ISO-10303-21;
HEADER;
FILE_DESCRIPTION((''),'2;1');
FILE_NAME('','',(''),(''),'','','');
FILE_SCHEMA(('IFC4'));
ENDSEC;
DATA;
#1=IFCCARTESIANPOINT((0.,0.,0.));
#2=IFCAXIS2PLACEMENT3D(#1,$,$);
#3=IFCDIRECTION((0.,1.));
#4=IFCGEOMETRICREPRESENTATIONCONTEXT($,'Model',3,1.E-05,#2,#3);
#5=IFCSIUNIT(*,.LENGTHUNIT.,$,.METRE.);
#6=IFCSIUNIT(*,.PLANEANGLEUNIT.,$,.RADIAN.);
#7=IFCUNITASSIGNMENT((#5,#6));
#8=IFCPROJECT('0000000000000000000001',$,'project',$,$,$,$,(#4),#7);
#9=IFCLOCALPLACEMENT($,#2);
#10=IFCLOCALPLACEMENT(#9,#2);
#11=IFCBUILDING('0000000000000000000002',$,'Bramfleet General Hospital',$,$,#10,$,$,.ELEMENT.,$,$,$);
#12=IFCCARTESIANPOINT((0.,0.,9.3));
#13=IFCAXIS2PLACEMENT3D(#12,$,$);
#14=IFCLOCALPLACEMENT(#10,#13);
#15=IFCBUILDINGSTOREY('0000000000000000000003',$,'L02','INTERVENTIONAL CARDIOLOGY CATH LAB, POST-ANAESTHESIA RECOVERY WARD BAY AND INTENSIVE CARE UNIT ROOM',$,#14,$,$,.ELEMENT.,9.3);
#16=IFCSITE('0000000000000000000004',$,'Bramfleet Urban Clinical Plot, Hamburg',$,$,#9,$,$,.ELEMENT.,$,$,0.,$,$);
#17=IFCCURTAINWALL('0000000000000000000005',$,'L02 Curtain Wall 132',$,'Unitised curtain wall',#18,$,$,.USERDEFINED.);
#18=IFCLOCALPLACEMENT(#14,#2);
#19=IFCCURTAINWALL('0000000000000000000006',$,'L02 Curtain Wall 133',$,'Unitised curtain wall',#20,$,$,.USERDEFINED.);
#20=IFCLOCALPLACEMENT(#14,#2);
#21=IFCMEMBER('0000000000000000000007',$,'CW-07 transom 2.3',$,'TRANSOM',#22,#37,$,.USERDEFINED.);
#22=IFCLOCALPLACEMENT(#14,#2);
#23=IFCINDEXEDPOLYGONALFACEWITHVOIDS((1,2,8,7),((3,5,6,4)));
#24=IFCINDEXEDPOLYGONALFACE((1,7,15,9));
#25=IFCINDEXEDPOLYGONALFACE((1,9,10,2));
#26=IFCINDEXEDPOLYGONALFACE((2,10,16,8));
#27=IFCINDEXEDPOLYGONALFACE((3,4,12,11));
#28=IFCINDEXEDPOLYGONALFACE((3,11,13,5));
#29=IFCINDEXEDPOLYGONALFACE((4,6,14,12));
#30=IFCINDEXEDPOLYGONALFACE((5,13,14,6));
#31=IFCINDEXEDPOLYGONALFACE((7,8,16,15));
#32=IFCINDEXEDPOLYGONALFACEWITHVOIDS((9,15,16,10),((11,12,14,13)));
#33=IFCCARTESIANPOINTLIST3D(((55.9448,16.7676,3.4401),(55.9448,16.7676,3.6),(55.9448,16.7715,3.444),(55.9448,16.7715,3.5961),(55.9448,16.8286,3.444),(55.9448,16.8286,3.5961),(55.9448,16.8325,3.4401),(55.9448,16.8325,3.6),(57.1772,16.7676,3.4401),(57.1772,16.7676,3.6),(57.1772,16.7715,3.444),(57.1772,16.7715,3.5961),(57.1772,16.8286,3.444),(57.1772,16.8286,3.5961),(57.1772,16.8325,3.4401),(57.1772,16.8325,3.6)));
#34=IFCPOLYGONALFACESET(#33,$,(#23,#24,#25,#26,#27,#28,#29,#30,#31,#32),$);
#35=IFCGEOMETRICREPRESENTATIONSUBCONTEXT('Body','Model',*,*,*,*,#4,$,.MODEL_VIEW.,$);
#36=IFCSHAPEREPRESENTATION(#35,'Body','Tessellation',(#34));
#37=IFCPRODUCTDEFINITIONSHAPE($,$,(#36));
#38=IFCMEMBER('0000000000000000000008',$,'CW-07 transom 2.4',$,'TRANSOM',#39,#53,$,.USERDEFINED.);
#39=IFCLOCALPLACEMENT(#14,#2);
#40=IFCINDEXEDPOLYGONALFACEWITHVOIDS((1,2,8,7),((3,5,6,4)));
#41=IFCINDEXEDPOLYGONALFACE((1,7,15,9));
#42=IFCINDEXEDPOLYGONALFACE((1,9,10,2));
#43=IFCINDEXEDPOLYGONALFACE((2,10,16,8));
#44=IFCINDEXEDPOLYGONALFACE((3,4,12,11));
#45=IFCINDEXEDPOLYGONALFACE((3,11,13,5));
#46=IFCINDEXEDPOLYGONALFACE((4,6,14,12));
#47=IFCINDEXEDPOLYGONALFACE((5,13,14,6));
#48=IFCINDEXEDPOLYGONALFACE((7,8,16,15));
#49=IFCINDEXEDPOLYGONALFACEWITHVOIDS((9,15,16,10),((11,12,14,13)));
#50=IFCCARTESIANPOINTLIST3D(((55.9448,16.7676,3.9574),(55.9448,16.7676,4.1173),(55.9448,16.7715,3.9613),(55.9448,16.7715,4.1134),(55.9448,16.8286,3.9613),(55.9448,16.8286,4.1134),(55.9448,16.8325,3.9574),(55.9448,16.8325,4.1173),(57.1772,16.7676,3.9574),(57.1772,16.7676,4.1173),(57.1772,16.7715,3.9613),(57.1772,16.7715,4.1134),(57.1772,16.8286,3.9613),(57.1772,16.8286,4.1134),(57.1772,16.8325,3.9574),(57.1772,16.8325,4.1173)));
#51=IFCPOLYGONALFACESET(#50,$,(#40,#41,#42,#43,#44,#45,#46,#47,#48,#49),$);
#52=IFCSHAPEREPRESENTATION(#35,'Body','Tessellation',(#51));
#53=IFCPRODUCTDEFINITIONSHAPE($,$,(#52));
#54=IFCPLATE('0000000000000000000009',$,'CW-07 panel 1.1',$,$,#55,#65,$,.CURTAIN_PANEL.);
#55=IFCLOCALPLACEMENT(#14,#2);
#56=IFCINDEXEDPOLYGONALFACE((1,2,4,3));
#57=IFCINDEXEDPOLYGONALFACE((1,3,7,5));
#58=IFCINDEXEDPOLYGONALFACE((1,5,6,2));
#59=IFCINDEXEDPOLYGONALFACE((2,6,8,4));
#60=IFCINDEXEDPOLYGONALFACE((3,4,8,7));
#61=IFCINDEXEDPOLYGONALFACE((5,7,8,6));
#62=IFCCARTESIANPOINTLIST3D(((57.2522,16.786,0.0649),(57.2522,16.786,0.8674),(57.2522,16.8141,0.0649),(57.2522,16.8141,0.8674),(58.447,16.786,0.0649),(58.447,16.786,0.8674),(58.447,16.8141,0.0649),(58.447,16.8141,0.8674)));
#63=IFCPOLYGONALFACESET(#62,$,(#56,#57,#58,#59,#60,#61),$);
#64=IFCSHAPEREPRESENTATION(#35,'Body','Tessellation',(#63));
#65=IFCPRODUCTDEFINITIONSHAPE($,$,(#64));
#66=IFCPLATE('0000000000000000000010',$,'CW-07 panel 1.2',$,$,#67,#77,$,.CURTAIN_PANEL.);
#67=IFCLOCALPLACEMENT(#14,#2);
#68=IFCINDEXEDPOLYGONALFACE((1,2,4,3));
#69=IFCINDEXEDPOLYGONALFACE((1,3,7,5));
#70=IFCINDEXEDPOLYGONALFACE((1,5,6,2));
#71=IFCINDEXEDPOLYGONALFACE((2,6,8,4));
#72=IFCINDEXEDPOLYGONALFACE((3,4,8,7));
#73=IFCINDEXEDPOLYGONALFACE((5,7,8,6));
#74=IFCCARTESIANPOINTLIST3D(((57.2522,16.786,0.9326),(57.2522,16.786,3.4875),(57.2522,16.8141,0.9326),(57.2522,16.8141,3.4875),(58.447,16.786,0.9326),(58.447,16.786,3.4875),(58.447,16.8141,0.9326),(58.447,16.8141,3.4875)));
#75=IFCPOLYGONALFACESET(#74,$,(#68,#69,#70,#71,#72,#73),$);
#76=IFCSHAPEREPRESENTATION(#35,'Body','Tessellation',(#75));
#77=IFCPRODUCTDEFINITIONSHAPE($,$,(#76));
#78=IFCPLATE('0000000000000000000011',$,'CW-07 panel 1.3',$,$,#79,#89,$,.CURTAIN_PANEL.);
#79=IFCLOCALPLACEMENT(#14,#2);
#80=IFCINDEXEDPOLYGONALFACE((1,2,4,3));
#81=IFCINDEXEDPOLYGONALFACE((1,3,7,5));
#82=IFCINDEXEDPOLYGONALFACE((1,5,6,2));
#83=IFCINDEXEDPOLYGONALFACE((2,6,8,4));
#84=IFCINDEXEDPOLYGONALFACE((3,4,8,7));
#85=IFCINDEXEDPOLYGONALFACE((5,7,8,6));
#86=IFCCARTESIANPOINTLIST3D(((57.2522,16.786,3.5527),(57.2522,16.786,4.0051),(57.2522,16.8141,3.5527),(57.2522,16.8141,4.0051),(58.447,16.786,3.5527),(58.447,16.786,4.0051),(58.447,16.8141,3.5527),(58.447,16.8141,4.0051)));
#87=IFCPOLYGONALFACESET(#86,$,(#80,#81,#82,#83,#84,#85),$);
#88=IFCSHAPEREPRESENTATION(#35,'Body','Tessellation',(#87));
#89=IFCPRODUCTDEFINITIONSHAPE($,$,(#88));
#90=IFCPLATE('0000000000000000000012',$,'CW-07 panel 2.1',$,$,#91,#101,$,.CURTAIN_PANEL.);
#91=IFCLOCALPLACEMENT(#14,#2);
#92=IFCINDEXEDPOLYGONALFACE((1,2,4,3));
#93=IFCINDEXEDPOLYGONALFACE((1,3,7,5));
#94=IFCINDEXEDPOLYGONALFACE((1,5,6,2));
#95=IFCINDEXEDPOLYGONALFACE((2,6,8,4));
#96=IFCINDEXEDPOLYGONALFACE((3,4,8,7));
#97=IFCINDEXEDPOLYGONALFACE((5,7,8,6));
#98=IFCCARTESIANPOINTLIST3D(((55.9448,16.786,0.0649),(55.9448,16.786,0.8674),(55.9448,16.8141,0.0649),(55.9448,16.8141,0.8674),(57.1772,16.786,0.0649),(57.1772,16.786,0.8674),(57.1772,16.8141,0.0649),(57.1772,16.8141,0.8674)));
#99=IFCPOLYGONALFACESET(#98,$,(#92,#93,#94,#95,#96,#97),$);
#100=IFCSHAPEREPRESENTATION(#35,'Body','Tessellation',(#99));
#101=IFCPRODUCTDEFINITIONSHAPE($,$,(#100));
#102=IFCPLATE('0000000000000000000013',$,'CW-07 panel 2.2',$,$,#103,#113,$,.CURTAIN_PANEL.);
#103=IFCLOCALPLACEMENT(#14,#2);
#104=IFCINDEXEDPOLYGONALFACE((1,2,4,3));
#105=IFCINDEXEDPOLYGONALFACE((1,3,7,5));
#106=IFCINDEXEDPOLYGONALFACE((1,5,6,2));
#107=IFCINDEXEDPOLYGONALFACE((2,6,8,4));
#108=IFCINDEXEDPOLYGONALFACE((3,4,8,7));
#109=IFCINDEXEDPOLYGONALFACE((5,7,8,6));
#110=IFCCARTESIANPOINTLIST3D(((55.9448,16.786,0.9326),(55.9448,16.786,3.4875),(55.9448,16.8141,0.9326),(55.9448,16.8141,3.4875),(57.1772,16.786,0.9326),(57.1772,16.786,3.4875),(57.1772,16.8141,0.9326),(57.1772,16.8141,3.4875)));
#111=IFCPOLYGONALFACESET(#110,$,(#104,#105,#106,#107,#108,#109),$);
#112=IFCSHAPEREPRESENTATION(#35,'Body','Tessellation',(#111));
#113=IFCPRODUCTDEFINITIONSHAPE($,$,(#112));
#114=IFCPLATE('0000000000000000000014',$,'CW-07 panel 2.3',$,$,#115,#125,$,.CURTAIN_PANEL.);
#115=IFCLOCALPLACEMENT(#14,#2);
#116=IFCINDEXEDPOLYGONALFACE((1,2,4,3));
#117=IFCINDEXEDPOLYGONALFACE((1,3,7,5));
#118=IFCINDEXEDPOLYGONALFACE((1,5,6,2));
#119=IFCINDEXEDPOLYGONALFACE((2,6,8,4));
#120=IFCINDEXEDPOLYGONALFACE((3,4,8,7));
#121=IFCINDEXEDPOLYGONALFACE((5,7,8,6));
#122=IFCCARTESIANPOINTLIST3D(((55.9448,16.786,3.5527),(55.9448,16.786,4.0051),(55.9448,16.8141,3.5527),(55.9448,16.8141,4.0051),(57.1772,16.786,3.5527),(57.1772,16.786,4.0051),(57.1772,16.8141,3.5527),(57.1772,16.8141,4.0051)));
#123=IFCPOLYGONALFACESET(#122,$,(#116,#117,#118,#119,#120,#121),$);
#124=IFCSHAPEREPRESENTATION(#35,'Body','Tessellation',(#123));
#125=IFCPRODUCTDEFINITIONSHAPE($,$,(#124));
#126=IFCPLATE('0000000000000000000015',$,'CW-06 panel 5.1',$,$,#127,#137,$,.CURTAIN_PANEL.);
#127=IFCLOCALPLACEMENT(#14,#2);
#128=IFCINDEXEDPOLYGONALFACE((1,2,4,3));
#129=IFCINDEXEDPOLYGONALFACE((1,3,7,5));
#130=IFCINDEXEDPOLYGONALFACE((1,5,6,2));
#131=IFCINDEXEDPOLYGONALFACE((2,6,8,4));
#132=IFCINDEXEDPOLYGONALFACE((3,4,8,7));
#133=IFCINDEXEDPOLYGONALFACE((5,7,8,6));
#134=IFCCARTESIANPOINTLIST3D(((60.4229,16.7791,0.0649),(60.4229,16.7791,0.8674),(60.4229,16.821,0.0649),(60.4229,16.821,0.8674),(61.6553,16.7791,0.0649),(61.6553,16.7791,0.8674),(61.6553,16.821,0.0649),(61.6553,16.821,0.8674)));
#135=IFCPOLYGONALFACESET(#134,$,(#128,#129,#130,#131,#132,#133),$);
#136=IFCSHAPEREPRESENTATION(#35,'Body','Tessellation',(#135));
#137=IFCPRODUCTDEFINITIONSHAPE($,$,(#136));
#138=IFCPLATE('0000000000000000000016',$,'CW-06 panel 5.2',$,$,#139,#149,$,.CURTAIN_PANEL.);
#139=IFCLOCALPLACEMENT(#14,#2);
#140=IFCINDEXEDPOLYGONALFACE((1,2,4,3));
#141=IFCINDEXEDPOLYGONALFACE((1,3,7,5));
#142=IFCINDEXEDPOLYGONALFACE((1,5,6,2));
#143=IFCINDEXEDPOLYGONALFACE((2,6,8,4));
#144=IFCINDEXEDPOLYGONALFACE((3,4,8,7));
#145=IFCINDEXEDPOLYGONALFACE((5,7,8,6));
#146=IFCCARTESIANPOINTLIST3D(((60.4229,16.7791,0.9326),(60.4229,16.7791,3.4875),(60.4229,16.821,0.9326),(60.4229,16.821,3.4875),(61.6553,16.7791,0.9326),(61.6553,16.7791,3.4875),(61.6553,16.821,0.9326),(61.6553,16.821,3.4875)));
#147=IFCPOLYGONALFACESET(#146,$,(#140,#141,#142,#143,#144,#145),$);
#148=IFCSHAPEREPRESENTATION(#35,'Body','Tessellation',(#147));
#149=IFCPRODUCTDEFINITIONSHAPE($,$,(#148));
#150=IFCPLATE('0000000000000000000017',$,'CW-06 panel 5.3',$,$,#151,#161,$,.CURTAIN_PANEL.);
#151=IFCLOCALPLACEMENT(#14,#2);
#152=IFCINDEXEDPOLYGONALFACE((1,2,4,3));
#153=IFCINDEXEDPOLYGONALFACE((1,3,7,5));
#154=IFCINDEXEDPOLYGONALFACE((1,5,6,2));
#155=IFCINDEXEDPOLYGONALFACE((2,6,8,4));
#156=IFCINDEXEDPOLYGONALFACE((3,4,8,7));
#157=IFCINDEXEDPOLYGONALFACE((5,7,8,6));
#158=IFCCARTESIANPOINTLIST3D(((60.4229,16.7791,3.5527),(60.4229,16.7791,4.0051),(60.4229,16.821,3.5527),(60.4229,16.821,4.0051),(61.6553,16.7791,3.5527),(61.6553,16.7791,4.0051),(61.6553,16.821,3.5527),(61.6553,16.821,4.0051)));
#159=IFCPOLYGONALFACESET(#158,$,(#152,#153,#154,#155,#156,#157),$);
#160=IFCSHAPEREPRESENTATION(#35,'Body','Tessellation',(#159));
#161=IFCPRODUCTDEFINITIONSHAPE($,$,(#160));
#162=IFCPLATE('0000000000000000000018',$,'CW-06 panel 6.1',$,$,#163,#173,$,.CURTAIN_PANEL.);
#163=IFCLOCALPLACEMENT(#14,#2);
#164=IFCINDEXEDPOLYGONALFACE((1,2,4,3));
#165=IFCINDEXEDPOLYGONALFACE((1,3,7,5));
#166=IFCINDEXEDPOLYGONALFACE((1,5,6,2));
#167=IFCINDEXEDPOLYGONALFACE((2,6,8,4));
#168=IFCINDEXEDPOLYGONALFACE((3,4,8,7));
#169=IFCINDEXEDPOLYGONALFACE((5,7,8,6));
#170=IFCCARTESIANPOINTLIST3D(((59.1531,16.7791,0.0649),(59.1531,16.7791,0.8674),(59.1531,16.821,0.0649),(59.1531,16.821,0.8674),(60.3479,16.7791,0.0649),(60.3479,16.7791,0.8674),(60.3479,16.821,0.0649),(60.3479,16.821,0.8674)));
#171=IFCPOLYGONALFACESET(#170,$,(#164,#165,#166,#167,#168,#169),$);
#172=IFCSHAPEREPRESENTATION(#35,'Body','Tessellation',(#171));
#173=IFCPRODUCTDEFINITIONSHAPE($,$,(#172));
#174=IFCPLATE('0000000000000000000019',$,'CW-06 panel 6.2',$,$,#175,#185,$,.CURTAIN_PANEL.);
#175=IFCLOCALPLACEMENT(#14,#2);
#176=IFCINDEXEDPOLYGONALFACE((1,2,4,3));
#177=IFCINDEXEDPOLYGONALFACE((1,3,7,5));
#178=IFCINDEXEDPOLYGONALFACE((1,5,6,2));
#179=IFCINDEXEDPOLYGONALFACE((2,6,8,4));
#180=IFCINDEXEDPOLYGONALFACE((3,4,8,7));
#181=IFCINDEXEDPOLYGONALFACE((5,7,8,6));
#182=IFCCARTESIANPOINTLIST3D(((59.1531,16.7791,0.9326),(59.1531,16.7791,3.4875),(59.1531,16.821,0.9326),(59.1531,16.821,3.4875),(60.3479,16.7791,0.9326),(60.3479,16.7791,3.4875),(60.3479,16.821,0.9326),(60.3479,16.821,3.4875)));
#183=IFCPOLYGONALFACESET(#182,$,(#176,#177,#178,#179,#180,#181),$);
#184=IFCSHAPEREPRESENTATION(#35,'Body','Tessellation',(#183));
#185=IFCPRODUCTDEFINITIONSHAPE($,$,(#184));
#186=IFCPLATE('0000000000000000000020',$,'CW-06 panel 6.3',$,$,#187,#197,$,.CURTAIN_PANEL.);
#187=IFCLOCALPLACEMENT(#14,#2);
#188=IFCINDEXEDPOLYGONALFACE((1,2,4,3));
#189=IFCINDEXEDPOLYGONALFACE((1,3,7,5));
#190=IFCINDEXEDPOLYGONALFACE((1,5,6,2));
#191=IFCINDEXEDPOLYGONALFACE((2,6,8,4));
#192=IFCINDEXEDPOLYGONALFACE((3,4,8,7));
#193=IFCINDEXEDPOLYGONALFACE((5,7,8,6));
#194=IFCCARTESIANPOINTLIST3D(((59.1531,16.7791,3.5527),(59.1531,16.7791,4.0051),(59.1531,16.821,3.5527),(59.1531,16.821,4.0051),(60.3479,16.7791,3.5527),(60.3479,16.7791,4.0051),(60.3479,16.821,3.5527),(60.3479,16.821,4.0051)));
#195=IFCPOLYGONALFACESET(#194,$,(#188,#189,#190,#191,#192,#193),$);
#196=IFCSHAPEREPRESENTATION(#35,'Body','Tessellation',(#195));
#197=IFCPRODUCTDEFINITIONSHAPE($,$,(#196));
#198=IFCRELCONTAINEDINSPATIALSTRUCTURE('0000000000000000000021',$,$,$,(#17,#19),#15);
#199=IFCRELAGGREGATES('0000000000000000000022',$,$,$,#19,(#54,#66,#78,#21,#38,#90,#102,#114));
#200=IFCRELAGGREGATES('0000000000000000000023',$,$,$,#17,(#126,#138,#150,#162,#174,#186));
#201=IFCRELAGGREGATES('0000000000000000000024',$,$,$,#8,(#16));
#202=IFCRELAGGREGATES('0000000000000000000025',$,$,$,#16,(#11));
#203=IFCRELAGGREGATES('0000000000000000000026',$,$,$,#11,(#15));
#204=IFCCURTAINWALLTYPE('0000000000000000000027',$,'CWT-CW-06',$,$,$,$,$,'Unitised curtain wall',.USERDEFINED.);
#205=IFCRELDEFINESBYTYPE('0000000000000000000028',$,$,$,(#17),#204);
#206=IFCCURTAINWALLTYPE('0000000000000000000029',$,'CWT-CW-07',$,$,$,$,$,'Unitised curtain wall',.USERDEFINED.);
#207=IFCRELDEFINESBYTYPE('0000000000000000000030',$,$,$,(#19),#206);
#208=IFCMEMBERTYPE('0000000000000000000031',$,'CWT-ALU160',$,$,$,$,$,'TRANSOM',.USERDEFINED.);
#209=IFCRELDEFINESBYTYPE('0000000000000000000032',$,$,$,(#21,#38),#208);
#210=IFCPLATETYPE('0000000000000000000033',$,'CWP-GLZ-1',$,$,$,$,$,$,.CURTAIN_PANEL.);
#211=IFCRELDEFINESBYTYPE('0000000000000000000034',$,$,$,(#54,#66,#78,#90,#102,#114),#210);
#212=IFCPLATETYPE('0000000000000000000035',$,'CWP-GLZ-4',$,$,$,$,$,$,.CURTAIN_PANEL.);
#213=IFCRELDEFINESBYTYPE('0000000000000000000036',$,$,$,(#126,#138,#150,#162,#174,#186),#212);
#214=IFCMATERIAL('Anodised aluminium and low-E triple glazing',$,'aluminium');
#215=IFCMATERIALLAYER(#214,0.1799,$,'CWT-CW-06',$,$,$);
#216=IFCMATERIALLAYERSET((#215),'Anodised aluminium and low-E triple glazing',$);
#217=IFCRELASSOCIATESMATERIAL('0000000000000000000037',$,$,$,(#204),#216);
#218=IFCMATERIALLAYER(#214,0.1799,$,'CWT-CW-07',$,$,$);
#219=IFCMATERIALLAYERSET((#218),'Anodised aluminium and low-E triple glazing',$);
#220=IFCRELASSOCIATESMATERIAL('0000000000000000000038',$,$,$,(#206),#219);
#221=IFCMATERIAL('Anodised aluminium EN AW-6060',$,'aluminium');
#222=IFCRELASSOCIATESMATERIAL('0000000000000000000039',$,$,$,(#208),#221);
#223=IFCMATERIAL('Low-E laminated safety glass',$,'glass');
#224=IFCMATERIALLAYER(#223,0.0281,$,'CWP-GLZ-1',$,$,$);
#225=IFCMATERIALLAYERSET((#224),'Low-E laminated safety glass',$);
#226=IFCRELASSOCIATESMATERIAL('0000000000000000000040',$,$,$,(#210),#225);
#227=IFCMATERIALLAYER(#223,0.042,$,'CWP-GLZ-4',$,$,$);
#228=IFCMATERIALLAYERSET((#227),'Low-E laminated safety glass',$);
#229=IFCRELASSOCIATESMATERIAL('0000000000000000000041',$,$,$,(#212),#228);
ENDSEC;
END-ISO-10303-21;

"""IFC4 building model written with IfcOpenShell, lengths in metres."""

from ifc_helpers import new_model, si_unit, direction, frame, origin, origin_2d, place, context, subcontext, project, spatial, rectangle, hollow_rectangle, extrude, material, layer, layer_set, material_profile, profile_set, type_object, element, aggregate, save


model = new_model("IFC4")

# Units and contexts
model_context = context("Model", 3, precision=1e-05, world=origin(), true_north=direction((0.0, 1.0)))
body_context = subcontext(model_context, "Body", "Model", "MODEL_VIEW")
ifc_project = project(units=[si_unit("LENGTHUNIT", "METRE"), si_unit("PLANEANGLEUNIT", "RADIAN")], contexts=[model_context])

# Site, building, storey
site_placement = place(None, origin())
site = spatial("IfcSite", under=ifc_project, at=site_placement, Name="Bramfleet Urban Clinical Plot, Hamburg", CompositionType="ELEMENT", RefElevation=0.0)
building_placement = place(site_placement, origin())
building = spatial("IfcBuilding", under=site, at=building_placement, Name="Bramfleet General Hospital", CompositionType="ELEMENT")
storey_placement = place(building_placement, frame((0.0, 0.0, 9.3)))
storey = spatial("IfcBuildingStorey", under=building, at=storey_placement, Name="L02", Description="INTERVENTIONAL CARDIOLOGY CATH LAB, POST-ANAESTHESIA RECOVERY WARD BAY AND INTENSIVE CARE UNIT ROOM", CompositionType="ELEMENT", Elevation=9.3)

# Curtain walls
ifc_material_1 = material(Name="Anodised aluminium and low-E triple glazing", Category="aluminium")
ifc_layer_1 = layer(ifc_material_1, 0.1799, Name="CWT-CW-06")
ifc_layer_set_1 = layer_set([ifc_layer_1], Name="Anodised aluminium and low-E triple glazing")
curtain_wall_type_1 = type_object("IfcCurtainWallType", Name="CWT-CW-06", ElementType="Unitised curtain wall", PredefinedType="USERDEFINED", material=ifc_layer_set_1)
curtain_wall_1_placement = place(storey_placement, origin())
curtain_wall_1 = element("IfcCurtainWall", 1, at=curtain_wall_1_placement, inside=storey, type_object=curtain_wall_type_1, Name="L02 Curtain Wall 132", ObjectType="Unitised curtain wall", PredefinedType="USERDEFINED")
ifc_material_2 = material(Name="Anodised aluminium EN AW-6060", Category="aluminium")
ifc_layer_2 = layer(ifc_material_1, 0.1799, Name="CWT-CW-07")
ifc_layer_set_2 = layer_set([ifc_layer_2], Name="Anodised aluminium and low-E triple glazing")
curtain_wall_type_2 = type_object("IfcCurtainWallType", Name="CWT-CW-07", ElementType="Unitised curtain wall", PredefinedType="USERDEFINED", material=ifc_layer_set_2)
curtain_wall_2_placement = place(storey_placement, origin())
curtain_wall_2 = element("IfcCurtainWall", 2, at=curtain_wall_2_placement, inside=storey, type_object=curtain_wall_type_2, Name="L02 Curtain Wall 133", ObjectType="Unitised curtain wall", PredefinedType="USERDEFINED")

# Members
ifc_material_profile_1 = material_profile(ifc_material_2, hollow_rectangle(XDim=0.0649, YDim=0.1599, WallThickness=0.0039, at=origin_2d()), Name="ALU 160x65x4.0")
ifc_profile_set_1 = profile_set([ifc_material_profile_1], Name="Anodised aluminium EN AW-6060")
member_type_1 = type_object("IfcMemberType", Name="CWT-ALU160", ElementType="TRANSOM", PredefinedType="USERDEFINED", material=ifc_profile_set_1)
member_1_placement = place(storey_placement, frame((57.1772, 16.8, 3.52), z_axis=(-1.0, 0.0, 0.0), x_axis=(0.0, -1.0, 0.0)))
member_1 = element("IfcMember", 3, at=member_1_placement, type_object=member_type_1, Name="CW-07 transom 2.3", ObjectType="TRANSOM", PredefinedType="USERDEFINED", context=body_context, shape_type="SweptSolid", body=[
    extrude(hollow_rectangle(XDim=0.0649, YDim=0.1599, WallThickness=0.0039, at=origin_2d()), origin(), (0.0, 0.0, 1.0), 1.2324),
])
member_2_placement = place(storey_placement, frame((57.1772, 16.8, 4.0374), z_axis=(-1.0, 0.0, 0.0), x_axis=(0.0, -1.0, 0.0)))
member_2 = element("IfcMember", 4, at=member_2_placement, type_object=member_type_1, Name="CW-07 transom 2.4", ObjectType="TRANSOM", PredefinedType="USERDEFINED", context=body_context, shape_type="SweptSolid", body=[
    extrude(hollow_rectangle(XDim=0.0649, YDim=0.1599, WallThickness=0.0039, at=origin_2d()), origin(), (0.0, 0.0, 1.0), 1.2324),
])

# Plates
ifc_material_3 = material(Name="Low-E laminated safety glass", Category="glass")
ifc_layer_3 = layer(ifc_material_3, 0.0281, Name="CWP-GLZ-1")
ifc_layer_set_3 = layer_set([ifc_layer_3], Name="Low-E laminated safety glass")
plate_type_1 = type_object("IfcPlateType", Name="CWP-GLZ-1", PredefinedType="CURTAIN_PANEL", material=ifc_layer_set_3)
plate_1_placement = place(storey_placement, frame((57.8496, 16.8, 0.0649), z_axis=(0.0, 0.0, 1.0), x_axis=(-1.0, 0.0, 0.0)))
plate_1 = element("IfcPlate", 5, at=plate_1_placement, type_object=plate_type_1, Name="CW-07 panel 1.1", PredefinedType="CURTAIN_PANEL", context=body_context, shape_type="SweptSolid", body=[
    extrude(rectangle(XDim=1.1948, YDim=0.0281, at=origin_2d()), origin(), (0.0, 0.0, 1.0), 0.8025),
])
plate_2_placement = place(storey_placement, frame((57.8496, 16.8, 0.9326), z_axis=(0.0, 0.0, 1.0), x_axis=(-1.0, 0.0, 0.0)))
plate_2 = element("IfcPlate", 6, at=plate_2_placement, type_object=plate_type_1, Name="CW-07 panel 1.2", PredefinedType="CURTAIN_PANEL", context=body_context, shape_type="SweptSolid", body=[
    extrude(rectangle(XDim=1.1948, YDim=0.0281, at=origin_2d()), origin(), (0.0, 0.0, 1.0), 2.5549),
])
plate_3_placement = place(storey_placement, frame((57.8496, 16.8, 3.5527), z_axis=(0.0, 0.0, 1.0), x_axis=(-1.0, 0.0, 0.0)))
plate_3 = element("IfcPlate", 7, at=plate_3_placement, type_object=plate_type_1, Name="CW-07 panel 1.3", PredefinedType="CURTAIN_PANEL", context=body_context, shape_type="SweptSolid", body=[
    extrude(rectangle(XDim=1.1948, YDim=0.0281, at=origin_2d()), origin(), (0.0, 0.0, 1.0), 0.4524),
])
plate_4_placement = place(storey_placement, frame((56.561, 16.8, 0.0649), z_axis=(0.0, 0.0, 1.0), x_axis=(-1.0, 0.0, 0.0)))
plate_4 = element("IfcPlate", 8, at=plate_4_placement, type_object=plate_type_1, Name="CW-07 panel 2.1", PredefinedType="CURTAIN_PANEL", context=body_context, shape_type="SweptSolid", body=[
    extrude(rectangle(XDim=1.2324, YDim=0.0281, at=origin_2d()), origin(), (0.0, 0.0, 1.0), 0.8025),
])
plate_5_placement = place(storey_placement, frame((56.561, 16.8, 0.9326), z_axis=(0.0, 0.0, 1.0), x_axis=(-1.0, 0.0, 0.0)))
plate_5 = element("IfcPlate", 9, at=plate_5_placement, type_object=plate_type_1, Name="CW-07 panel 2.2", PredefinedType="CURTAIN_PANEL", context=body_context, shape_type="SweptSolid", body=[
    extrude(rectangle(XDim=1.2324, YDim=0.0281, at=origin_2d()), origin(), (0.0, 0.0, 1.0), 2.5549),
])
plate_6_placement = place(storey_placement, frame((56.561, 16.8, 3.5527), z_axis=(0.0, 0.0, 1.0), x_axis=(-1.0, 0.0, 0.0)))
plate_6 = element("IfcPlate", 10, at=plate_6_placement, type_object=plate_type_1, Name="CW-07 panel 2.3", PredefinedType="CURTAIN_PANEL", context=body_context, shape_type="SweptSolid", body=[
    extrude(rectangle(XDim=1.2324, YDim=0.0281, at=origin_2d()), origin(), (0.0, 0.0, 1.0), 0.4524),
])
aggregate(curtain_wall_2, [plate_1, plate_2, plate_3, member_1, member_2, plate_4, plate_5, plate_6])
ifc_layer_4 = layer(ifc_material_3, 0.042, Name="CWP-GLZ-4")
ifc_layer_set_4 = layer_set([ifc_layer_4], Name="Low-E laminated safety glass")
plate_type_2 = type_object("IfcPlateType", Name="CWP-GLZ-4", PredefinedType="CURTAIN_PANEL", material=ifc_layer_set_4)
plate_7_placement = place(storey_placement, frame((61.0391, 16.8, 0.0649), z_axis=(0.0, 0.0, 1.0), x_axis=(-1.0, 0.0, 0.0)))
plate_7 = element("IfcPlate", 11, at=plate_7_placement, type_object=plate_type_2, Name="CW-06 panel 5.1", PredefinedType="CURTAIN_PANEL", context=body_context, shape_type="SweptSolid", body=[
    extrude(rectangle(XDim=1.2324, YDim=0.042, at=origin_2d()), origin(), (0.0, 0.0, 1.0), 0.8025),
])
plate_8_placement = place(storey_placement, frame((61.0391, 16.8, 0.9326), z_axis=(0.0, 0.0, 1.0), x_axis=(-1.0, 0.0, 0.0)))
plate_8 = element("IfcPlate", 12, at=plate_8_placement, type_object=plate_type_2, Name="CW-06 panel 5.2", PredefinedType="CURTAIN_PANEL", context=body_context, shape_type="SweptSolid", body=[
    extrude(rectangle(XDim=1.2324, YDim=0.042, at=origin_2d()), origin(), (0.0, 0.0, 1.0), 2.5549),
])
plate_9_placement = place(storey_placement, frame((61.0391, 16.8, 3.5527), z_axis=(0.0, 0.0, 1.0), x_axis=(-1.0, 0.0, 0.0)))
plate_9 = element("IfcPlate", 13, at=plate_9_placement, type_object=plate_type_2, Name="CW-06 panel 5.3", PredefinedType="CURTAIN_PANEL", context=body_context, shape_type="SweptSolid", body=[
    extrude(rectangle(XDim=1.2324, YDim=0.042, at=origin_2d()), origin(), (0.0, 0.0, 1.0), 0.4524),
])
plate_10_placement = place(storey_placement, frame((59.7505, 16.8, 0.0649), z_axis=(0.0, 0.0, 1.0), x_axis=(-1.0, 0.0, 0.0)))
plate_10 = element("IfcPlate", 14, at=plate_10_placement, type_object=plate_type_2, Name="CW-06 panel 6.1", PredefinedType="CURTAIN_PANEL", context=body_context, shape_type="SweptSolid", body=[
    extrude(rectangle(XDim=1.1948, YDim=0.042, at=origin_2d()), origin(), (0.0, 0.0, 1.0), 0.8025),
])
plate_11_placement = place(storey_placement, frame((59.7505, 16.8, 0.9326), z_axis=(0.0, 0.0, 1.0), x_axis=(-1.0, 0.0, 0.0)))
plate_11 = element("IfcPlate", 15, at=plate_11_placement, type_object=plate_type_2, Name="CW-06 panel 6.2", PredefinedType="CURTAIN_PANEL", context=body_context, shape_type="SweptSolid", body=[
    extrude(rectangle(XDim=1.1948, YDim=0.042, at=origin_2d()), origin(), (0.0, 0.0, 1.0), 2.5549),
])
plate_12_placement = place(storey_placement, frame((59.7505, 16.8, 3.5527), z_axis=(0.0, 0.0, 1.0), x_axis=(-1.0, 0.0, 0.0)))
plate_12 = element("IfcPlate", 16, at=plate_12_placement, type_object=plate_type_2, Name="CW-06 panel 6.3", PredefinedType="CURTAIN_PANEL", context=body_context, shape_type="SweptSolid", body=[
    extrude(rectangle(XDim=1.1948, YDim=0.042, at=origin_2d()), origin(), (0.0, 0.0, 1.0), 0.4524),
])
aggregate(curtain_wall_1, [plate_7, plate_8, plate_9, plate_10, plate_11, plate_12])

save(model, "model.ifc")
